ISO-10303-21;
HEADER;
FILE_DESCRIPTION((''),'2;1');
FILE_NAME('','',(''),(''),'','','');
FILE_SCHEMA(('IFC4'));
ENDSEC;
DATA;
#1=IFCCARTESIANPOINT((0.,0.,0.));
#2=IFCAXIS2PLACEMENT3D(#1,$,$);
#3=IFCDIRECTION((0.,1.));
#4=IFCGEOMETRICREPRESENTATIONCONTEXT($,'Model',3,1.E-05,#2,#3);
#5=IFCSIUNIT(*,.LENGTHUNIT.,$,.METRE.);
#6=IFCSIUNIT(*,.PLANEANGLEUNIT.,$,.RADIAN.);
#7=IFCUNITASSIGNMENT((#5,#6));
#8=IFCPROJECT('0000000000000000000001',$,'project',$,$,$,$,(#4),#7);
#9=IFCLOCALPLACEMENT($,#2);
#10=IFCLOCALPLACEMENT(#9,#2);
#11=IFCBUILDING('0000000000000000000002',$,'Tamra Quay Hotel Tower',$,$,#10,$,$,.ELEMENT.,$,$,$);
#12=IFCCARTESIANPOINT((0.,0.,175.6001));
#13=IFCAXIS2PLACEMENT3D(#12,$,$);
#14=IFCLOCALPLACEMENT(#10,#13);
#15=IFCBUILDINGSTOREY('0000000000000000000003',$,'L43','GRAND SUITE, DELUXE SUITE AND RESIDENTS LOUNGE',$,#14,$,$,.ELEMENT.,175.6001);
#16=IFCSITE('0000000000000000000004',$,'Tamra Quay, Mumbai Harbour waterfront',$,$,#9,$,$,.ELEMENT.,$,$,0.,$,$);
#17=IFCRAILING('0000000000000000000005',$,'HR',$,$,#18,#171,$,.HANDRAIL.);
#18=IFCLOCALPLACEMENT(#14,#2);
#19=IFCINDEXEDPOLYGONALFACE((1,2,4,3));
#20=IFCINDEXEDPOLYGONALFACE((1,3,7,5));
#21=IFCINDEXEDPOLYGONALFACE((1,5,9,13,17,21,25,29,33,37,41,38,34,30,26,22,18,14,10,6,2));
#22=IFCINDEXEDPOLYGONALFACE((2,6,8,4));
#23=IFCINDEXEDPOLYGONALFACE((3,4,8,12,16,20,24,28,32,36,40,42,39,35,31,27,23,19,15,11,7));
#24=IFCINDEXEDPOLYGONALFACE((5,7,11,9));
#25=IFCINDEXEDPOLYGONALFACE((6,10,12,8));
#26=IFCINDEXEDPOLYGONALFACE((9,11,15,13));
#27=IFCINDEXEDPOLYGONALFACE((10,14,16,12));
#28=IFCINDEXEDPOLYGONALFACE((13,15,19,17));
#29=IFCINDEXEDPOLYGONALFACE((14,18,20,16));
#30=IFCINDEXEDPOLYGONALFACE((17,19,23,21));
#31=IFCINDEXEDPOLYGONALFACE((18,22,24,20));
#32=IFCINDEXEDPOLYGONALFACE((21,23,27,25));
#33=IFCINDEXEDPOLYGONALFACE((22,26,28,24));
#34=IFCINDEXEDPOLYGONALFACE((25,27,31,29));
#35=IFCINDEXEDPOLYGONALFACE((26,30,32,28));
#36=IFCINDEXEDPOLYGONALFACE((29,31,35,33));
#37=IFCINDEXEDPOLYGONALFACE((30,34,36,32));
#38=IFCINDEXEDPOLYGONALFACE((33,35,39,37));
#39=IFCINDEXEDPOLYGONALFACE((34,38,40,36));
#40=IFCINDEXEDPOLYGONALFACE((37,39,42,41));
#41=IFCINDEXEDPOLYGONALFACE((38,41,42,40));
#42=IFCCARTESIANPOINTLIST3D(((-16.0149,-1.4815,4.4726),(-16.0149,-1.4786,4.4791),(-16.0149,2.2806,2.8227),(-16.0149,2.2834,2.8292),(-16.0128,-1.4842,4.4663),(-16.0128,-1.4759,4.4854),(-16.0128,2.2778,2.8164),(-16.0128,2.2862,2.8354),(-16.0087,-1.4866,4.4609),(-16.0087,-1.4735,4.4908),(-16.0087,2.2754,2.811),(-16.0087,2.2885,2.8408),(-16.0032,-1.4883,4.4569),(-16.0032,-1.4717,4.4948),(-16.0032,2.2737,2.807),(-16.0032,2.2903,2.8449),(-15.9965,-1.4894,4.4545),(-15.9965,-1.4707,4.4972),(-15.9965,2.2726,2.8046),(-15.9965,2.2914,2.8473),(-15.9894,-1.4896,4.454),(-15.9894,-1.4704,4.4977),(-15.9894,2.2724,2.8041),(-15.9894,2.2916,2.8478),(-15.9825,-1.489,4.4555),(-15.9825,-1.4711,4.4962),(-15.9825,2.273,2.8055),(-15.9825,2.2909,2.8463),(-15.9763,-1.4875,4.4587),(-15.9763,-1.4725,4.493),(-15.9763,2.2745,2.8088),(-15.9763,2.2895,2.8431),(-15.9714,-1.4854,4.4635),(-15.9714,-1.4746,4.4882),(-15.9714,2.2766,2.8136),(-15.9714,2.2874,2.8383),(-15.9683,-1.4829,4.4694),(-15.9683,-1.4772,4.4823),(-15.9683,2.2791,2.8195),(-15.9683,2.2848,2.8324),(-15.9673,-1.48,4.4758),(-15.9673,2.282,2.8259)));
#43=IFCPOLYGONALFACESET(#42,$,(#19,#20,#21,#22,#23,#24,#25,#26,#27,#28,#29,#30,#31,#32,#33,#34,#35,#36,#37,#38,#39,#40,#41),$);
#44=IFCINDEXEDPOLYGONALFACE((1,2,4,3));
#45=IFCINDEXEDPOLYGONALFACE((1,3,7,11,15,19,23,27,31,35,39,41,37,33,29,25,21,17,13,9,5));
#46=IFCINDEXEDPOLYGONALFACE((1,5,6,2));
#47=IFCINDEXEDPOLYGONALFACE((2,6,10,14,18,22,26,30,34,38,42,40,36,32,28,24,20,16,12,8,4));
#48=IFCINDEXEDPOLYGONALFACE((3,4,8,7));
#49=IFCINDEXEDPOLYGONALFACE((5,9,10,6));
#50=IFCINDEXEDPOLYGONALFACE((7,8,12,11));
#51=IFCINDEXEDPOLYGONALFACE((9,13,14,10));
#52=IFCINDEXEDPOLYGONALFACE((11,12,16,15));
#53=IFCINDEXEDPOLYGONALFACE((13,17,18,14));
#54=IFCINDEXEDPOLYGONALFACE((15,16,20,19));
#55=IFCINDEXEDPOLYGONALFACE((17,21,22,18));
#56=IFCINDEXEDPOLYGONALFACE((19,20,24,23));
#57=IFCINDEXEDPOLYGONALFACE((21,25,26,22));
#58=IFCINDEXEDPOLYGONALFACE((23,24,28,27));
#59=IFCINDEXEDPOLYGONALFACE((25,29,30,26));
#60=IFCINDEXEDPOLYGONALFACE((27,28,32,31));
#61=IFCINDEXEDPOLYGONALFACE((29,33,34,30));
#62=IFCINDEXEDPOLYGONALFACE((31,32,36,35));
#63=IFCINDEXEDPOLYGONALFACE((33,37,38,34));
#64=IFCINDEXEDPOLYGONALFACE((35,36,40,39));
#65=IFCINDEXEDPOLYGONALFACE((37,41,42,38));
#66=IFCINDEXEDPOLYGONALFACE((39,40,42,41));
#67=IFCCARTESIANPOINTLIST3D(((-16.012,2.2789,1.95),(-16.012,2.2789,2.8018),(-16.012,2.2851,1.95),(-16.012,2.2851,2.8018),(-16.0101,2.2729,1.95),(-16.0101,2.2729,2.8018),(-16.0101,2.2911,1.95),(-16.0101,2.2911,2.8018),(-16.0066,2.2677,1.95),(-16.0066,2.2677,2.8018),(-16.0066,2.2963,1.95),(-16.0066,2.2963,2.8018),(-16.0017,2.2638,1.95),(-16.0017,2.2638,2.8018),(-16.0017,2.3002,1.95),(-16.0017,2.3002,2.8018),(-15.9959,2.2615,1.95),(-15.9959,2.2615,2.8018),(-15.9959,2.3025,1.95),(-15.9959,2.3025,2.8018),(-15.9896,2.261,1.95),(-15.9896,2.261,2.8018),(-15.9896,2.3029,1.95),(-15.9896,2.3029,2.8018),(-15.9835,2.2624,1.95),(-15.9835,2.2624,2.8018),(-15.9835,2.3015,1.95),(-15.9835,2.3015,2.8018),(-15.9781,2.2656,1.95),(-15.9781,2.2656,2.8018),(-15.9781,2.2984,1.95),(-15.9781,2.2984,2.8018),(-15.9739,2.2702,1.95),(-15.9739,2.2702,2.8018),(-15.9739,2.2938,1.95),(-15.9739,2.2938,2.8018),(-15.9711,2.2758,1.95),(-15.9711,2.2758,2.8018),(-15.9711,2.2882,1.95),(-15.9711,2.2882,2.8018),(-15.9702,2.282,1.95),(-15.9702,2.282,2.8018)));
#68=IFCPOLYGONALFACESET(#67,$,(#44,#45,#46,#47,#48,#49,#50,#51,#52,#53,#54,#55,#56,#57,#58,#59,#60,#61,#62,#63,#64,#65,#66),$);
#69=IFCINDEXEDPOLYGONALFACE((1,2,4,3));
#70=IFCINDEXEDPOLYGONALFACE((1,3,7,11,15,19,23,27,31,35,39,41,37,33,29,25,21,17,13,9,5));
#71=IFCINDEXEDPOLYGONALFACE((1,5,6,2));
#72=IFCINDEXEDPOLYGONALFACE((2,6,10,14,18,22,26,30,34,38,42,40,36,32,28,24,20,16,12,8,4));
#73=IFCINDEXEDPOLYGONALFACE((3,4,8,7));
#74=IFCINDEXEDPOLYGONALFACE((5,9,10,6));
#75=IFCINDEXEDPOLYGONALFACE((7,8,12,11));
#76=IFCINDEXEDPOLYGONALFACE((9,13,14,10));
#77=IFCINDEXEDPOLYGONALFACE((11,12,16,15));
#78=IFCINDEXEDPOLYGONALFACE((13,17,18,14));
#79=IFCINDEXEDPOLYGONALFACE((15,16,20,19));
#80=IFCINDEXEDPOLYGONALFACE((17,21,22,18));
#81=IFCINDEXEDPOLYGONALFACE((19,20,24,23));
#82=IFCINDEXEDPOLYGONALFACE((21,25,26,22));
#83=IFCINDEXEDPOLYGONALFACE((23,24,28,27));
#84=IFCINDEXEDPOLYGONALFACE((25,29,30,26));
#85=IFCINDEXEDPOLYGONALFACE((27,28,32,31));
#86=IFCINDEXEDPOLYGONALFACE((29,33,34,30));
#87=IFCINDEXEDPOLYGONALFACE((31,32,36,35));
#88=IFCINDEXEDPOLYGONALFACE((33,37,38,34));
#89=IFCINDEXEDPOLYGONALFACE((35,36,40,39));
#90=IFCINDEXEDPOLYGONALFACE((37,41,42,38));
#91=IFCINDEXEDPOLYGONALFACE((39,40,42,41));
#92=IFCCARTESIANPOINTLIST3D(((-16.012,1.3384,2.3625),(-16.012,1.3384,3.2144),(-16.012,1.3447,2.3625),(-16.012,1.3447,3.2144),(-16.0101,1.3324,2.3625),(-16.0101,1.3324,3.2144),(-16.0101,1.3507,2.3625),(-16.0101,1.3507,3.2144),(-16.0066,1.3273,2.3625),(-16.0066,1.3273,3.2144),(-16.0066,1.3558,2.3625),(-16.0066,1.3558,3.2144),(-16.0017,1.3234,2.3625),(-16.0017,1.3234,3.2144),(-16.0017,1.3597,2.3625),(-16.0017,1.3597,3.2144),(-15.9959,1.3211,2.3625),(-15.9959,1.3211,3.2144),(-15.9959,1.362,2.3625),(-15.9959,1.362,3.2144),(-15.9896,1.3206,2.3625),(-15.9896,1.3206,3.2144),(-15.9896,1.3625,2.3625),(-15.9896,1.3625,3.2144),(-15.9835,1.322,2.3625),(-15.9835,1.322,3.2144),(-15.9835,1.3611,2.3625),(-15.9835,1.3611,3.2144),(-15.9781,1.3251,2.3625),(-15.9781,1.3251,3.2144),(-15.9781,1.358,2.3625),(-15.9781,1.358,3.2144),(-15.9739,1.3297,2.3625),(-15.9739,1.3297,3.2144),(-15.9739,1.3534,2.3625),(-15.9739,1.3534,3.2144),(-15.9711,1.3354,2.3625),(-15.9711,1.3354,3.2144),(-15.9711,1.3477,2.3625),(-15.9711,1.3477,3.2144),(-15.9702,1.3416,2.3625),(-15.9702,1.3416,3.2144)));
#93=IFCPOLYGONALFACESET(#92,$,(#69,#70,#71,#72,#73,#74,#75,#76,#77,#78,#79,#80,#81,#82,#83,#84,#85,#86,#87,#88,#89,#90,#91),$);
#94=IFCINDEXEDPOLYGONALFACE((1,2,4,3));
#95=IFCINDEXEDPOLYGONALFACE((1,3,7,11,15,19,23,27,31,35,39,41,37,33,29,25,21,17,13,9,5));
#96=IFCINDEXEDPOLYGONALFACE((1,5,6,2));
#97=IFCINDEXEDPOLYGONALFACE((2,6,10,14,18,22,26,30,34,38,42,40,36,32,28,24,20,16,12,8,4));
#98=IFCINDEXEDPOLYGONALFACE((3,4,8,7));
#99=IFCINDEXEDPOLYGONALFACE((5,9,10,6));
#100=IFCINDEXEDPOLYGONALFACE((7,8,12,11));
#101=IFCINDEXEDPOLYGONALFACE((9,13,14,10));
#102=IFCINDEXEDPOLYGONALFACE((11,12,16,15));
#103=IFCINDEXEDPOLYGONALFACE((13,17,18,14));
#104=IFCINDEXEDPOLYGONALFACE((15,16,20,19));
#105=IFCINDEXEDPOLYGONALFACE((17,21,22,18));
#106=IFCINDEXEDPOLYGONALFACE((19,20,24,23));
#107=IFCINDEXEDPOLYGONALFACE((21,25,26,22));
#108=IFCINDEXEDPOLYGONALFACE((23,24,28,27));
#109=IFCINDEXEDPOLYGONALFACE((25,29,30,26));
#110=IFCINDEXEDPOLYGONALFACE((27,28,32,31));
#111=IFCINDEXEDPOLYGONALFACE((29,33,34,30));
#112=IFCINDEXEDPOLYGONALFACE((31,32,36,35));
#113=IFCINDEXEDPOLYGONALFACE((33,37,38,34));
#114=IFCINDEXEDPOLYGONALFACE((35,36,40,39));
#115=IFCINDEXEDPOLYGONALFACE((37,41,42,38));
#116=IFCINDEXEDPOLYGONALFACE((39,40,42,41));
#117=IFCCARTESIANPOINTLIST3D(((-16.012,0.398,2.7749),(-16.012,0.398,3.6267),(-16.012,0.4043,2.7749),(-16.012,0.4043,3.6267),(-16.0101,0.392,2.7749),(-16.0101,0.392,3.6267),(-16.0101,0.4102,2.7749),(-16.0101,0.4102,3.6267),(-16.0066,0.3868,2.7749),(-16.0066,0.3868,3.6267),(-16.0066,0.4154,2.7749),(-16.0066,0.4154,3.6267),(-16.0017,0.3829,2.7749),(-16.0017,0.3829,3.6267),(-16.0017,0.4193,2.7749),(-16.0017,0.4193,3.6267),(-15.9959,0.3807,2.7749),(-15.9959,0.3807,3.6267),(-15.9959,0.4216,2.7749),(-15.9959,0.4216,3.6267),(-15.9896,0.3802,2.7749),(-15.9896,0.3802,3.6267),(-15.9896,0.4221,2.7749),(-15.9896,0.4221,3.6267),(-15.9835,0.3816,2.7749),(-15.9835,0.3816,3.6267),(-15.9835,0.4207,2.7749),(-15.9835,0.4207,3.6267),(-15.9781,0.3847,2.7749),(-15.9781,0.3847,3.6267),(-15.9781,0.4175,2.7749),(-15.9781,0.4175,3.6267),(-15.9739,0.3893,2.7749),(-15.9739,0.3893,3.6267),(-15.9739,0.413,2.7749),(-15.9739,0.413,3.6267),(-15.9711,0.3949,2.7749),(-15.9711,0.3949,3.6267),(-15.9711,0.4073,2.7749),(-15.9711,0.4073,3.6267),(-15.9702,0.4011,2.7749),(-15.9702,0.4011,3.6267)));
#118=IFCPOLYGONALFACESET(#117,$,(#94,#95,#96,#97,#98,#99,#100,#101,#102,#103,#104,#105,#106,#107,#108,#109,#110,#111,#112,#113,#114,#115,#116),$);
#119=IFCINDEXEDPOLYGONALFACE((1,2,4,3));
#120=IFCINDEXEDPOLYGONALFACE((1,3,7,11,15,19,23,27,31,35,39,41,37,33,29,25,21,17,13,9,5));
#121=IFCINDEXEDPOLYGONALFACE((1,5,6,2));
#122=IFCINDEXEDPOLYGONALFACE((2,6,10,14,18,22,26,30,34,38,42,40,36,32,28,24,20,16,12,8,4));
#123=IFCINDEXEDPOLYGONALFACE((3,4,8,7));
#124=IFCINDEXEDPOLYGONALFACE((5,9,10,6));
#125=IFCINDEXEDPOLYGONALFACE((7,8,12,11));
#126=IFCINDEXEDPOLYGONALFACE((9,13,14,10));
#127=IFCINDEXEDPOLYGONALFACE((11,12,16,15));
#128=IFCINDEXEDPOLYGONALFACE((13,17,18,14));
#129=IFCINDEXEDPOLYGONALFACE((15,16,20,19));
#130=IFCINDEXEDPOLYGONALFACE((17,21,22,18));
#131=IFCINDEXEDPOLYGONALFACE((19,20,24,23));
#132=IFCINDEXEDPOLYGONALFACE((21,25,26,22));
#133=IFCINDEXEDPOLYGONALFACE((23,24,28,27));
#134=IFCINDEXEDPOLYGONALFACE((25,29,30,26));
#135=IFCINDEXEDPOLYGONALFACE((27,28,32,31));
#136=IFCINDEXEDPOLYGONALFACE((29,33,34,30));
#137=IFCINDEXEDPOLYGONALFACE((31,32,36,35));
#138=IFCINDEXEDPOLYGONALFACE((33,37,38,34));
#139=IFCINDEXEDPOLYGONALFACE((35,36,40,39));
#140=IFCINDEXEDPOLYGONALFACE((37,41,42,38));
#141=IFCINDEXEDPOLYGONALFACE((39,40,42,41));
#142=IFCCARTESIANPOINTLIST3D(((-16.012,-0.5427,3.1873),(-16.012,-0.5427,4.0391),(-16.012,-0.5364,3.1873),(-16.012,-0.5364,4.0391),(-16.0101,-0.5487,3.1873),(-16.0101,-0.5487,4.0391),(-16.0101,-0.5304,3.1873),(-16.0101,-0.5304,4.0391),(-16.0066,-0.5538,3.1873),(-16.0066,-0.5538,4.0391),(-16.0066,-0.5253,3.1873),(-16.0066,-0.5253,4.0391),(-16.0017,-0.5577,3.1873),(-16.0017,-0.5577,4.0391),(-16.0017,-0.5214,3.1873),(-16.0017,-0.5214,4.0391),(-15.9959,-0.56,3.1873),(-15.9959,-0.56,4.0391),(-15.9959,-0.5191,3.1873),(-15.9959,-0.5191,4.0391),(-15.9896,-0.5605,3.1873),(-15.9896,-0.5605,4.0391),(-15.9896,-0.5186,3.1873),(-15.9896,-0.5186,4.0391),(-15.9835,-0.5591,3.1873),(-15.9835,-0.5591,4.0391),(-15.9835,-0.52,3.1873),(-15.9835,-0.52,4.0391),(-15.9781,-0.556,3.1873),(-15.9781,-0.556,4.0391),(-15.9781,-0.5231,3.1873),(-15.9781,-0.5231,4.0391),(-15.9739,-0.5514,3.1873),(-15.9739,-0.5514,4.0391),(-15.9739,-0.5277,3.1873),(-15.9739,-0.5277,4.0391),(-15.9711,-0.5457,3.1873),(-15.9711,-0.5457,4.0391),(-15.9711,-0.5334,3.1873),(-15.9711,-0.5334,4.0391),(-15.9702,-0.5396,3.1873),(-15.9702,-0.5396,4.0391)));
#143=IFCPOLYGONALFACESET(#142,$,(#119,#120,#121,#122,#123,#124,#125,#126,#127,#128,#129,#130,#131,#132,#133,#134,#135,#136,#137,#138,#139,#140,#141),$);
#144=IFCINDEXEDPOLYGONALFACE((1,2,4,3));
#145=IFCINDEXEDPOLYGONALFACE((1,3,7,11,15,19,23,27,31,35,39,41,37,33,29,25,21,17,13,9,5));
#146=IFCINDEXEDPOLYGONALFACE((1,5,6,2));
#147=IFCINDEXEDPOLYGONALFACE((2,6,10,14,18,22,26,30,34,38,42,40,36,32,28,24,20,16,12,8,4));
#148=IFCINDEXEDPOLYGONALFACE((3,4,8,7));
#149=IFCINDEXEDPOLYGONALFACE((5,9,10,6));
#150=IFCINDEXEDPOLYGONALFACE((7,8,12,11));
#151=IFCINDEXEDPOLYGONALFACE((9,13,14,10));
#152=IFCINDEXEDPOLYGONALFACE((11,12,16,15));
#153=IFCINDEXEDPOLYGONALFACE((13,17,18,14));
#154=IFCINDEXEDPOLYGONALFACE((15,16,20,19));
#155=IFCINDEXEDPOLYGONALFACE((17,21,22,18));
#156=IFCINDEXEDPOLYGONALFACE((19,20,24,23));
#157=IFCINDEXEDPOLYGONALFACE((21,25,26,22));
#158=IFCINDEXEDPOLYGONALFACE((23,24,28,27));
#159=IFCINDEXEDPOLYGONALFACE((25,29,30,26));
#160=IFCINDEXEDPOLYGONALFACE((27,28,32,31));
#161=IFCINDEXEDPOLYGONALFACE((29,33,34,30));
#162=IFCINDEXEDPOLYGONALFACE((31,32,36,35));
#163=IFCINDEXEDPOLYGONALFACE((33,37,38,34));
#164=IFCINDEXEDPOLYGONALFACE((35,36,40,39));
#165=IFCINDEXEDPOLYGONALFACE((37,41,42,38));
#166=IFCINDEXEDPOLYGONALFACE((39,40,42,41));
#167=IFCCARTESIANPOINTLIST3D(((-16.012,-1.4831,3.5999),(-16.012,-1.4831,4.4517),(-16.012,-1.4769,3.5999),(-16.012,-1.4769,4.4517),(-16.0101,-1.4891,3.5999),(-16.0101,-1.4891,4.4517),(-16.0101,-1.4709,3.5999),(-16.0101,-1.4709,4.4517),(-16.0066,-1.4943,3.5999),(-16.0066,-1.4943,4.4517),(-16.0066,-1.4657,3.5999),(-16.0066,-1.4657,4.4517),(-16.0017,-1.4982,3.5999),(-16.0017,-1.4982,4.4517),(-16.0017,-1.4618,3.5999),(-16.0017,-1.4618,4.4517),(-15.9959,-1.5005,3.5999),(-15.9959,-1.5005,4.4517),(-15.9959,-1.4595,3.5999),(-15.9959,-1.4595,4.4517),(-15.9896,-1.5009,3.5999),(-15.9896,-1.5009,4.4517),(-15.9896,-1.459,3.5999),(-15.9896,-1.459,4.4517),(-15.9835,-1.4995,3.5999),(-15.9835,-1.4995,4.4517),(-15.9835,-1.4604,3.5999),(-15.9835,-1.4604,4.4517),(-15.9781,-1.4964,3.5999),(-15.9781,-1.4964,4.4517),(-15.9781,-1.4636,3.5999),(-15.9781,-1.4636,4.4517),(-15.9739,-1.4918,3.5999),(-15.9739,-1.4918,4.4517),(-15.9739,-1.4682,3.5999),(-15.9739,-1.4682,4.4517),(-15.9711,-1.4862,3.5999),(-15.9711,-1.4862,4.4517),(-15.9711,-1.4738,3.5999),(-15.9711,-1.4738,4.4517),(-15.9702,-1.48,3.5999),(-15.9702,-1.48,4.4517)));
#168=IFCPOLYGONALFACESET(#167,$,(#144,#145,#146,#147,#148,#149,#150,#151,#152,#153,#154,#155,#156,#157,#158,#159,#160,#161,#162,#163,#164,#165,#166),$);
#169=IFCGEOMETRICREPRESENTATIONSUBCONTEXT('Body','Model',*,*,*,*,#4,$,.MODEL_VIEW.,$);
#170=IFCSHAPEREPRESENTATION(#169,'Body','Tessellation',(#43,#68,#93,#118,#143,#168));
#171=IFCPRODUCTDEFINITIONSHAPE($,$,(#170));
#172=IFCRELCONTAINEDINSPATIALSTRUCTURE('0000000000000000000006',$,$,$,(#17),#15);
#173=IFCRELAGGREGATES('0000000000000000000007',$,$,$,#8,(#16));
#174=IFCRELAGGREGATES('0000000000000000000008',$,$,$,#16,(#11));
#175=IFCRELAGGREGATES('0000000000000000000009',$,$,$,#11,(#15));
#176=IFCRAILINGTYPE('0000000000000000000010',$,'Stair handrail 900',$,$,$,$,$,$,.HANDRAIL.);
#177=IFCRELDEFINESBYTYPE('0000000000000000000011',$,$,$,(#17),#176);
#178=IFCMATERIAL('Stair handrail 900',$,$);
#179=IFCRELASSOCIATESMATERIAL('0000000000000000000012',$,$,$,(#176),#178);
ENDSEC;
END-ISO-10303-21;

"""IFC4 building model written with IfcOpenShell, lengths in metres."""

from ifc_helpers import new_model, si_unit, direction, frame, origin, origin_2d, place, context, subcontext, project, spatial, circle, extrude, material, type_object, element, save


model = new_model("IFC4")

# Units and contexts
model_context = context("Model", 3, precision=1e-05, world=origin(), true_north=direction((0.0, 1.0)))
body_context = subcontext(model_context, "Body", "Model", "MODEL_VIEW")
ifc_project = project(units=[si_unit("LENGTHUNIT", "METRE"), si_unit("PLANEANGLEUNIT", "RADIAN")], contexts=[model_context])

# Site, building, storey
site_placement = place(None, origin())
site = spatial("IfcSite", under=ifc_project, at=site_placement, Name="Tamra Quay, Mumbai Harbour waterfront", CompositionType="ELEMENT", RefElevation=0.0)
building_placement = place(site_placement, origin())
building = spatial("IfcBuilding", under=site, at=building_placement, Name="Tamra Quay Hotel Tower", CompositionType="ELEMENT")
storey_placement = place(building_placement, frame((0.0, 0.0, 175.6001)))
storey = spatial("IfcBuildingStorey", under=building, at=storey_placement, Name="L43", Description="GRAND SUITE, DELUXE SUITE AND RESIDENTS LOUNGE", CompositionType="ELEMENT", Elevation=175.6001)

# Railing
ifc_material_1 = material(Name="Stair handrail 900")
railing_type = type_object("IfcRailingType", Name="Stair handrail 900", PredefinedType="HANDRAIL", material=ifc_material_1)
railing_placement = place(storey_placement, frame((-15.9912, 2.282, 1.95)))
element("IfcRailing", 1, at=railing_placement, inside=storey, type_object=railing_type, Name="HR", PredefinedType="HANDRAIL", context=body_context, shape_type="SweptSolid", body=[
    extrude(circle(Radius=0.0239, at=origin_2d()), frame((0.0, 0.0, 0.876), z_axis=(0.0, -0.915795, 0.401645), x_axis=(1.0, 0.0, 0.0)), (0.0, 0.0, 1.0), 4.1079),
    extrude(circle(Radius=0.021, at=origin_2d()), origin(), (0.0, 0.0, 1.0), 0.8518),
    extrude(circle(Radius=0.021, at=origin_2d()), frame((0.0, -0.9404, 0.4126)), (0.0, 0.0, 1.0), 0.8518),
    extrude(circle(Radius=0.021, at=origin_2d()), frame((0.0, -1.8809, 0.825)), (0.0, 0.0, 1.0), 0.8518),
    extrude(circle(Radius=0.021, at=origin_2d()), frame((0.0, -2.8215, 1.2373)), (0.0, 0.0, 1.0), 0.8518),
    extrude(circle(Radius=0.021, at=origin_2d()), frame((0.0, -3.762, 1.6499)), (0.0, 0.0, 1.0), 0.8518),
])

save(model, "model.ifc")
